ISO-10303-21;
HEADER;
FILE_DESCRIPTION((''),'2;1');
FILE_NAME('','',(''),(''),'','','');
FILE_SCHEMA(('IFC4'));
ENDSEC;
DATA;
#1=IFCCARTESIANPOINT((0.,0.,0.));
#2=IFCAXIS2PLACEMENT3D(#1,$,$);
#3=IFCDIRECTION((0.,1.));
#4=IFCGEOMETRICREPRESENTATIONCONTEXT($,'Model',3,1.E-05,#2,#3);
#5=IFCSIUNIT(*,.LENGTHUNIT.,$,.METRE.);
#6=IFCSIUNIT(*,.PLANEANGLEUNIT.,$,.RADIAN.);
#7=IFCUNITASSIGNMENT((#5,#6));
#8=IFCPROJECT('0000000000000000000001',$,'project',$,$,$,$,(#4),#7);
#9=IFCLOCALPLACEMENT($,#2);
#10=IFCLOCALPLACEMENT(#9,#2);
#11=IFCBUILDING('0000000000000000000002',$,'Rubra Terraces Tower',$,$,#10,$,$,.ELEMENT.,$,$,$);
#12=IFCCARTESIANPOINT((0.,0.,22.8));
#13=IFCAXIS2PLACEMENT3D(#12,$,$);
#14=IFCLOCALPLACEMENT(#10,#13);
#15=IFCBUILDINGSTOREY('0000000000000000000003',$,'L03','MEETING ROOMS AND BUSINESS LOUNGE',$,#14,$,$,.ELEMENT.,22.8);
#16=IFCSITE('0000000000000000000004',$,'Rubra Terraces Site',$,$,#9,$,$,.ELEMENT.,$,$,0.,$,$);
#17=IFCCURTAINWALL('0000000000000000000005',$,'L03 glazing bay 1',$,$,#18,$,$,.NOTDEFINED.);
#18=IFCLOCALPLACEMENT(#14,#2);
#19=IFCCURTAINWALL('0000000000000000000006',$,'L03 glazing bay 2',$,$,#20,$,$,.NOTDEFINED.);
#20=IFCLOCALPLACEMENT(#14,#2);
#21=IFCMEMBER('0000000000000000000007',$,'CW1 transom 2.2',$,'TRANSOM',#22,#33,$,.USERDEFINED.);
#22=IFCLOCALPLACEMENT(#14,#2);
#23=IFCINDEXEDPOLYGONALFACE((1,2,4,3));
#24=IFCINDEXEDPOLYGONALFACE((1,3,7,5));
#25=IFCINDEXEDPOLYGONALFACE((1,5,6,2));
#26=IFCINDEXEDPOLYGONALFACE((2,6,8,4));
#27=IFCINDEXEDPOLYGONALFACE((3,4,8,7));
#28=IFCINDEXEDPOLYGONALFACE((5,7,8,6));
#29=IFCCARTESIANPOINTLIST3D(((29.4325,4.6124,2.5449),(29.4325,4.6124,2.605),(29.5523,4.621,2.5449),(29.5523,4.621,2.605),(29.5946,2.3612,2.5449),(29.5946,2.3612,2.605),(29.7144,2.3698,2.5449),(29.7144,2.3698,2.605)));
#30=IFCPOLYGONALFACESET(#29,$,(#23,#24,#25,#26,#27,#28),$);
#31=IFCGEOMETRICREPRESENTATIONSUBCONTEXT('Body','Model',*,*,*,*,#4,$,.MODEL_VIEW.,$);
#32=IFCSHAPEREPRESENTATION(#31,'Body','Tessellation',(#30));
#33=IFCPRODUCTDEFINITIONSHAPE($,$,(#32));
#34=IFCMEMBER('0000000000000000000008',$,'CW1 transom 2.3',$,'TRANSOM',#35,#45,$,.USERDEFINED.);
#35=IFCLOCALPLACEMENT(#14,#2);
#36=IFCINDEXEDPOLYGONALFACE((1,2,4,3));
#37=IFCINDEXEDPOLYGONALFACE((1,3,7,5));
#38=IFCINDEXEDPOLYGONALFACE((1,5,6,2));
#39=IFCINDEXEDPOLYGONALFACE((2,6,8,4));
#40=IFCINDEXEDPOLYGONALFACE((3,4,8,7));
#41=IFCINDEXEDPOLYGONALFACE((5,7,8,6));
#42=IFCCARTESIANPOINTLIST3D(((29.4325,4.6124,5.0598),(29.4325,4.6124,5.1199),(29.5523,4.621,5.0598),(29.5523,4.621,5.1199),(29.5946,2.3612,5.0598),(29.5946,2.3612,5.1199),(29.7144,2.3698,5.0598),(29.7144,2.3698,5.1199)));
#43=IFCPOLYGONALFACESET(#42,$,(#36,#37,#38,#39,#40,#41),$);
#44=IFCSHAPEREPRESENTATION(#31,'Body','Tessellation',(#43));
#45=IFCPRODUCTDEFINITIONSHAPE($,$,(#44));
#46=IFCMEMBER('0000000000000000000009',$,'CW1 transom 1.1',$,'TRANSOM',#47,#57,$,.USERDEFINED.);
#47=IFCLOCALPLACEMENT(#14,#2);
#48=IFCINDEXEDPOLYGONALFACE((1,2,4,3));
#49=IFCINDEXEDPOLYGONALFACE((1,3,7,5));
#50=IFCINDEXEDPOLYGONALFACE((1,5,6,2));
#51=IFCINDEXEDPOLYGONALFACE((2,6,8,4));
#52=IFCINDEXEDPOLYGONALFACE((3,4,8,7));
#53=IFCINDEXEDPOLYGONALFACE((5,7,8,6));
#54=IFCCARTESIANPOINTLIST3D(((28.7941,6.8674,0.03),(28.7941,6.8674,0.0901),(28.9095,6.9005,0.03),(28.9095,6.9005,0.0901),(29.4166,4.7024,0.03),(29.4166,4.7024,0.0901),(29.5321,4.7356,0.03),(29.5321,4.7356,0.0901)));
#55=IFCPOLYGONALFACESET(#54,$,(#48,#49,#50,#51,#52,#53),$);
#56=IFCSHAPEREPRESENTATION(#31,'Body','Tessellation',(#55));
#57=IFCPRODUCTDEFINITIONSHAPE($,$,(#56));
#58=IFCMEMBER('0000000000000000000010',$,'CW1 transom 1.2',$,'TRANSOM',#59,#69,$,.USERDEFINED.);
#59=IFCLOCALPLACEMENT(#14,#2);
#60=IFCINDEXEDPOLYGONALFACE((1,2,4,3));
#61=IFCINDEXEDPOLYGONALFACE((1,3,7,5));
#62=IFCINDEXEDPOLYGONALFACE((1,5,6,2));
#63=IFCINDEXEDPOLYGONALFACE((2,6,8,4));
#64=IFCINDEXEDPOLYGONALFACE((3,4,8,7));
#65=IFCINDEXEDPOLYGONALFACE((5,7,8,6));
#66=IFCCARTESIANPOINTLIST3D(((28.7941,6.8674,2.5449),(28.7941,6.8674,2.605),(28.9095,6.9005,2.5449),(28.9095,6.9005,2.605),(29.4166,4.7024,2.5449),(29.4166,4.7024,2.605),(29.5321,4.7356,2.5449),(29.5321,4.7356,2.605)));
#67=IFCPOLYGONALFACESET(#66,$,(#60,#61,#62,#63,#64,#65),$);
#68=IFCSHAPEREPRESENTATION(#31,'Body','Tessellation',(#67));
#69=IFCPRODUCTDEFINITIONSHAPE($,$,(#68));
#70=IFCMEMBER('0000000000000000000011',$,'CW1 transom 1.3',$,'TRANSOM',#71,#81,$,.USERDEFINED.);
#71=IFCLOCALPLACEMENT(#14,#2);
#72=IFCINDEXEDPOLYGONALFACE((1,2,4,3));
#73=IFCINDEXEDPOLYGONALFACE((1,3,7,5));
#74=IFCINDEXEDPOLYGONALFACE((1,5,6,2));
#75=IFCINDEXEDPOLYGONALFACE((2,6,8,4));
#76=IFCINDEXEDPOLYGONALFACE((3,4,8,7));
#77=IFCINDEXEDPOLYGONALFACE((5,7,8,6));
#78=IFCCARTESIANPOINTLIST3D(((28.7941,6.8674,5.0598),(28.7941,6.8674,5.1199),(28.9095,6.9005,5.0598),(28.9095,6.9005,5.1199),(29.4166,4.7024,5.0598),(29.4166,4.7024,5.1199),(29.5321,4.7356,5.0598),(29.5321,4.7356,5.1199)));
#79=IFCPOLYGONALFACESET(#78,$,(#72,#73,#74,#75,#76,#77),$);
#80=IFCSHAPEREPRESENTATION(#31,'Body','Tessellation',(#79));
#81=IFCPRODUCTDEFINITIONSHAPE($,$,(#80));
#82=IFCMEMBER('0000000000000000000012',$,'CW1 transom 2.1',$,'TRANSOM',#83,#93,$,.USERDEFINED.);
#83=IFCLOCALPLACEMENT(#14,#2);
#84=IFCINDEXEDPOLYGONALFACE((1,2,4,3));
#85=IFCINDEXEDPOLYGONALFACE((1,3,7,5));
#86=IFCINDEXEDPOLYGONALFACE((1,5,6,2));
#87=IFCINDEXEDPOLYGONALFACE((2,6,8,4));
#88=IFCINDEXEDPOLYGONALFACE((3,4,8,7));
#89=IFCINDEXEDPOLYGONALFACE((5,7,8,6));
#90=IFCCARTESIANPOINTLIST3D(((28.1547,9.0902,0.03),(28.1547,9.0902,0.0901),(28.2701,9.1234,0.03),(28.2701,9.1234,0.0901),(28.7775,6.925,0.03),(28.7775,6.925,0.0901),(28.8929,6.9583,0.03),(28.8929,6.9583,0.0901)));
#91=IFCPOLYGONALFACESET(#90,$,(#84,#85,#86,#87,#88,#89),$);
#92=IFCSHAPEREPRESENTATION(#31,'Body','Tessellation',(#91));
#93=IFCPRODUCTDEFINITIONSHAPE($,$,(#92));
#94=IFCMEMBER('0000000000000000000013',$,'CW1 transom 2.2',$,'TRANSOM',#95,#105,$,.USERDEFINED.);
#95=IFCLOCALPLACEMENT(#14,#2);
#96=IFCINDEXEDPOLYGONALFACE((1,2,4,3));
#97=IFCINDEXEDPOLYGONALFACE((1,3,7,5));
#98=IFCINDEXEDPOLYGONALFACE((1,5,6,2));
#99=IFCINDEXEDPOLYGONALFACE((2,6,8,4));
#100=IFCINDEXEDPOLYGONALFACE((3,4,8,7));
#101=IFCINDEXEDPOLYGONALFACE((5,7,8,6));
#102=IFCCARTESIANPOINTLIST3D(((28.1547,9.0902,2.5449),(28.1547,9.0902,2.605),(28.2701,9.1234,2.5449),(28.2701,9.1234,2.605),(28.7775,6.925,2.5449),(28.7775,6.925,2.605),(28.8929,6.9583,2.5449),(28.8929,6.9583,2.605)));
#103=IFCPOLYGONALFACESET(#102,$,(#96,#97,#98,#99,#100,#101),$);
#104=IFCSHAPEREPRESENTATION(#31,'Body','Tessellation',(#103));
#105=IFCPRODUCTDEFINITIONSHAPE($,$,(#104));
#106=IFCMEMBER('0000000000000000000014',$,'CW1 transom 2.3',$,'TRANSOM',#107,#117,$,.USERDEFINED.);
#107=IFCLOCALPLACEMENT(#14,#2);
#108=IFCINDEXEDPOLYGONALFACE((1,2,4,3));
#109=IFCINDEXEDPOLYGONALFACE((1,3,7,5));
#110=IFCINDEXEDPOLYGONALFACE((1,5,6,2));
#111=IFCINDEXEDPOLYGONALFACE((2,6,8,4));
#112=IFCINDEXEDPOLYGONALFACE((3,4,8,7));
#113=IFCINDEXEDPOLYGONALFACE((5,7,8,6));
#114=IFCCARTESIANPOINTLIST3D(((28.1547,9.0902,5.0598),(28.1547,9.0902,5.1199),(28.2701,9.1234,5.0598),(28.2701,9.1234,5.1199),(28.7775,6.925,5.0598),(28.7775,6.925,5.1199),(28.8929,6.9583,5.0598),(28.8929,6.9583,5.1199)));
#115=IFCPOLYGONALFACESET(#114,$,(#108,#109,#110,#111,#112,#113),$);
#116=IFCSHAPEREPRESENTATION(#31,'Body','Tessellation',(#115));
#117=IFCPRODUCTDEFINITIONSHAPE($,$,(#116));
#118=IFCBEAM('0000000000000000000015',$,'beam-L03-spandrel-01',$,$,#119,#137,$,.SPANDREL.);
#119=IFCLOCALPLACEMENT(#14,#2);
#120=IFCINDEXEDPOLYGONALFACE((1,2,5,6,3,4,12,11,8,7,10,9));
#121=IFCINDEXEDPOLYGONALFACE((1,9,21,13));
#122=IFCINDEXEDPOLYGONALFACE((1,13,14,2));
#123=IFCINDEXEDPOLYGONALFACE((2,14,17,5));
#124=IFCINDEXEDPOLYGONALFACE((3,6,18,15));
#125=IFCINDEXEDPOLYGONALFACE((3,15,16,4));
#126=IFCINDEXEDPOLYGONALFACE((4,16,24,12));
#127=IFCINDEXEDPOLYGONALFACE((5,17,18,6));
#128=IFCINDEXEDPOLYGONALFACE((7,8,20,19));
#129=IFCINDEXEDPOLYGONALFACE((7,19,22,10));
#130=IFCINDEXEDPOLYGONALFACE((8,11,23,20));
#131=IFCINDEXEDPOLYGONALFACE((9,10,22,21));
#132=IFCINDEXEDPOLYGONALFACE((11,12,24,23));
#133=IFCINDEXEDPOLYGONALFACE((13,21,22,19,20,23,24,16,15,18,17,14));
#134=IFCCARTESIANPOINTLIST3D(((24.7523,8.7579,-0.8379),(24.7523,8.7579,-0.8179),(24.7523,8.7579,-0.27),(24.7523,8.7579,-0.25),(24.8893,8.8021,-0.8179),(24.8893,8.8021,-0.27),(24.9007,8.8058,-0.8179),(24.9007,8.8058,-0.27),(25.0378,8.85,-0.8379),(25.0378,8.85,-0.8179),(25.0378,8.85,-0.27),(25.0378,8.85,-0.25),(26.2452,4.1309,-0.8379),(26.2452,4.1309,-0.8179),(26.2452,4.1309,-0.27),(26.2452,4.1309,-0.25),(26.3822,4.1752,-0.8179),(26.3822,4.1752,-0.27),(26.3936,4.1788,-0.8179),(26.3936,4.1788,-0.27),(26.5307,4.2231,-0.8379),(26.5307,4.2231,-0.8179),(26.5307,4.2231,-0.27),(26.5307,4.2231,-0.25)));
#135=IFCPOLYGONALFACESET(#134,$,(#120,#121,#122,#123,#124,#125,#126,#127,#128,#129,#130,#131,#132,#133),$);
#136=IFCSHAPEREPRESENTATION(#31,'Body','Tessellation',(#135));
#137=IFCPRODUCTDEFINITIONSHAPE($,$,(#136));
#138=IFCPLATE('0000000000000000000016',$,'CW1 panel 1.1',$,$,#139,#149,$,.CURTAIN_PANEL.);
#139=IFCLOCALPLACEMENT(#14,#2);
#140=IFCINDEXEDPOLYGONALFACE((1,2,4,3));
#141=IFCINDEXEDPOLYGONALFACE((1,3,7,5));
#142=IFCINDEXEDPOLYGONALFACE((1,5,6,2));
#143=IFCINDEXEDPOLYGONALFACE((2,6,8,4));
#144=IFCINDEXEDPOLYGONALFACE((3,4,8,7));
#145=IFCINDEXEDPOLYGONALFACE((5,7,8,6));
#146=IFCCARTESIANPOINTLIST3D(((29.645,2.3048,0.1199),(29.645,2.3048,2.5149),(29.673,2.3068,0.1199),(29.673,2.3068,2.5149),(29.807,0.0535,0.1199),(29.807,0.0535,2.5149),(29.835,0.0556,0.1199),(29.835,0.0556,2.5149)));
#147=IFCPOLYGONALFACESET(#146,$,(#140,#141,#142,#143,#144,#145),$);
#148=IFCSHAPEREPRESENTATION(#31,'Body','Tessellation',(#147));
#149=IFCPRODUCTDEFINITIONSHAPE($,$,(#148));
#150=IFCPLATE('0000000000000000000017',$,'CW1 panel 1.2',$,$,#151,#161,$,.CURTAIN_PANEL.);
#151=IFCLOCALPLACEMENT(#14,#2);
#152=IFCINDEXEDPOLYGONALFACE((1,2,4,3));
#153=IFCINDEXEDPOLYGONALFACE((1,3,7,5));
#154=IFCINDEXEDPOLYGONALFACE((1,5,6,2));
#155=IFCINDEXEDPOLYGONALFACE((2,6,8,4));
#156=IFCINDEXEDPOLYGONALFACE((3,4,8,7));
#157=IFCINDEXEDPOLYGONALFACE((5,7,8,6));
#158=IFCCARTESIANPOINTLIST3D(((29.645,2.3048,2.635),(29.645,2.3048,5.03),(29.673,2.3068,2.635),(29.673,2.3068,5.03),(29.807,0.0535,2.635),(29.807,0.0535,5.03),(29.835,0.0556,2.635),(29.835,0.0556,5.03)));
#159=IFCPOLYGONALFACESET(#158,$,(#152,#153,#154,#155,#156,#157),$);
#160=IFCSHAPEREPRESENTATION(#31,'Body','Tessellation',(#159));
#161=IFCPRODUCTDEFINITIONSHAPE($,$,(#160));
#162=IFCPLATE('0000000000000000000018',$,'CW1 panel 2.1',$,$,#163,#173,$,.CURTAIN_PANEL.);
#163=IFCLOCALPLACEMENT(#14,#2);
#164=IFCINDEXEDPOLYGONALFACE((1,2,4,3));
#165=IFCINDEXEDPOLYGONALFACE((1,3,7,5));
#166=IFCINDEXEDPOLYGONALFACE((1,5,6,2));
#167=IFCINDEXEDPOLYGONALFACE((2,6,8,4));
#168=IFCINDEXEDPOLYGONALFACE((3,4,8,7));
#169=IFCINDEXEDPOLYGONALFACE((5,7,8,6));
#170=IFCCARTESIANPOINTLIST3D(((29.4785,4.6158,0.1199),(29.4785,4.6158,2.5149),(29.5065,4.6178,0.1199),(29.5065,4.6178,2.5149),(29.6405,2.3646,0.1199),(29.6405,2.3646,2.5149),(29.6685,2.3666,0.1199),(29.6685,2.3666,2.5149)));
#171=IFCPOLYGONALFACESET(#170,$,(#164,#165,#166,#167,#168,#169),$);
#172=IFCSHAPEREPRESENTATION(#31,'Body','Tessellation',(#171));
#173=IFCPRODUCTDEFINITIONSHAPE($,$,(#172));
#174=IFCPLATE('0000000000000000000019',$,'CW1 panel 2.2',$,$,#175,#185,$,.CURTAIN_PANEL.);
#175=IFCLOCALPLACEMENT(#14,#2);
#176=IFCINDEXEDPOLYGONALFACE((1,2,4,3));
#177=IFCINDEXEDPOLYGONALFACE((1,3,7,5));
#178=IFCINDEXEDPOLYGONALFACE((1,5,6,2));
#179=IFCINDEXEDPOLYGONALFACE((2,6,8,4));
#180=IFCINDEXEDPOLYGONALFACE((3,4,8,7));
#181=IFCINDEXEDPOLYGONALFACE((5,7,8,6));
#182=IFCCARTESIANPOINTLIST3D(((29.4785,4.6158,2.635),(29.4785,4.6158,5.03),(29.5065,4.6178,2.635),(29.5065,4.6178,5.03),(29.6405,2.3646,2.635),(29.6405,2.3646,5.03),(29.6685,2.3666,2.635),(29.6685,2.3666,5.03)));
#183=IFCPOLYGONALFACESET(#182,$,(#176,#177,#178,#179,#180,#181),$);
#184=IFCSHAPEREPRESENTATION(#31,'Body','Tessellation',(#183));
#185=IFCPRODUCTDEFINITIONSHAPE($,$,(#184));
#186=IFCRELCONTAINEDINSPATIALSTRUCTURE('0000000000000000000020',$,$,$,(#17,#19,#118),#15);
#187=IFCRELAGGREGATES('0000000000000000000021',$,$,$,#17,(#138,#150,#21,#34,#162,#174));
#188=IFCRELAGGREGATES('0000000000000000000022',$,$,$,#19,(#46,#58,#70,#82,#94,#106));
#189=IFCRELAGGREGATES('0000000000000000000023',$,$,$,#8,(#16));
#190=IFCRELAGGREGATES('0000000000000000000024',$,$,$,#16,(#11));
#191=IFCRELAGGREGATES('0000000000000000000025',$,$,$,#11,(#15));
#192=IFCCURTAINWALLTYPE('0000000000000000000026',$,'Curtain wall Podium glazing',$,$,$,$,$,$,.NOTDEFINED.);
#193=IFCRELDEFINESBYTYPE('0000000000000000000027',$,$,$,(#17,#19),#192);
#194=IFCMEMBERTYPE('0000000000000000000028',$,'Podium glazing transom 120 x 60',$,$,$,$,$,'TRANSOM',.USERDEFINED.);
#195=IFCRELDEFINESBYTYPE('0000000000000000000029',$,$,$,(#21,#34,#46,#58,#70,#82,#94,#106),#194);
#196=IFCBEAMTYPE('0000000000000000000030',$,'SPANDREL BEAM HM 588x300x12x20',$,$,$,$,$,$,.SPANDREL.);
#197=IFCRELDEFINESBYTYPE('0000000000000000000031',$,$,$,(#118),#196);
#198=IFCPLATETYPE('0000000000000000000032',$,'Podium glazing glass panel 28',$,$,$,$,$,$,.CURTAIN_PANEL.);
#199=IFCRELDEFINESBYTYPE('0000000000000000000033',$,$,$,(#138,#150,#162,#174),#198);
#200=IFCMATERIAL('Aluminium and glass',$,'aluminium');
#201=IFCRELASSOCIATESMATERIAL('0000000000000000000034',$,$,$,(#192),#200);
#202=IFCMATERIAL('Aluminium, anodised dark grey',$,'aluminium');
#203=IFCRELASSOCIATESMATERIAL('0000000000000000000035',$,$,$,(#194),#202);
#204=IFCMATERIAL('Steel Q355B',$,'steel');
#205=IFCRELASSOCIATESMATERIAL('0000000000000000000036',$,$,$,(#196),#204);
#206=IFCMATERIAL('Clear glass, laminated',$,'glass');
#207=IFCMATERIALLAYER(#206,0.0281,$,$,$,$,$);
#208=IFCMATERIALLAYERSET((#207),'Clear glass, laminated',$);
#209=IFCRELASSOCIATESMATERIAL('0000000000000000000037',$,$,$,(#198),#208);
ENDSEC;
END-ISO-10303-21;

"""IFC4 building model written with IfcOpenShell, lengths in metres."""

from ifc_helpers import new_model, si_unit, direction, frame, origin, origin_2d, place, context, subcontext, project, spatial, rectangle, i_section, extrude, material, layer, layer_set, material_profile, profile_set, type_object, element, aggregate, save


model = new_model("IFC4")

# Units and contexts
model_context = context("Model", 3, precision=1e-05, world=origin(), true_north=direction((0.0, 1.0)))
body_context = subcontext(model_context, "Body", "Model", "MODEL_VIEW")
ifc_project = project(units=[si_unit("LENGTHUNIT", "METRE"), si_unit("PLANEANGLEUNIT", "RADIAN")], contexts=[model_context])

# Site, building, storey
site_placement = place(None, origin())
site = spatial("IfcSite", under=ifc_project, at=site_placement, Name="Rubra Terraces Site", CompositionType="ELEMENT", RefElevation=0.0)
building_placement = place(site_placement, origin())
building = spatial("IfcBuilding", under=site, at=building_placement, Name="Rubra Terraces Tower", CompositionType="ELEMENT")
storey_placement = place(building_placement, frame((0.0, 0.0, 22.8)))
storey = spatial("IfcBuildingStorey", under=building, at=storey_placement, Name="L03", Description="MEETING ROOMS AND BUSINESS LOUNGE", CompositionType="ELEMENT", Elevation=22.8)

# Shared definitions
ifc_material_1 = material(Name="Steel Q355B", Category="steel")

# Curtain walls
ifc_material_2 = material(Name="Aluminium and glass", Category="aluminium")
curtain_wall_type = type_object("IfcCurtainWallType", Name="Curtain wall Podium glazing", PredefinedType="NOTDEFINED", material=ifc_material_2)
curtain_wall_1_placement = place(storey_placement, origin())
curtain_wall_1 = element("IfcCurtainWall", 1, at=curtain_wall_1_placement, inside=storey, type_object=curtain_wall_type, Name="L03 glazing bay 1", PredefinedType="NOTDEFINED")
ifc_material_3 = material(Name="Aluminium, anodised dark grey", Category="aluminium")
curtain_wall_2_placement = place(storey_placement, origin())
curtain_wall_2 = element("IfcCurtainWall", 2, at=curtain_wall_2_placement, inside=storey, type_object=curtain_wall_type, Name="L03 glazing bay 2", PredefinedType="NOTDEFINED")

# Members
ifc_material_profile_1 = material_profile(ifc_material_3, rectangle(XDim=0.1201, YDim=0.0601, at=origin_2d()), Name="AL 120x60")
ifc_profile_set_1 = profile_set([ifc_material_profile_1], Name="Aluminium, anodised dark grey")
member_type_1 = type_object("IfcMemberType", Name="Podium glazing transom 120 x 60", ElementType="TRANSOM", PredefinedType="USERDEFINED", material=ifc_profile_set_1)
member_1_placement = place(storey_placement, frame((29.6545, 2.3655, 2.575), z_axis=(-0.071824, 0.997417, 0.0), x_axis=(-0.997417, -0.071824, 0.0)))
member_1 = element("IfcMember", 3, at=member_1_placement, type_object=member_type_1, Name="CW1 transom 2.2", ObjectType="TRANSOM", PredefinedType="USERDEFINED", context=body_context, shape_type="SweptSolid", body=[
    extrude(rectangle(XDim=0.1201, YDim=0.0601, at=origin_2d()), origin(), (0.0, 0.0, 1.0), 2.2571),
])
member_2_placement = place(storey_placement, frame((29.6545, 2.3655, 5.0898), z_axis=(-0.071824, 0.997417, 0.0), x_axis=(-0.997417, -0.071824, 0.0)))
member_2 = element("IfcMember", 4, at=member_2_placement, type_object=member_type_1, Name="CW1 transom 2.3", ObjectType="TRANSOM", PredefinedType="USERDEFINED", context=body_context, shape_type="SweptSolid", body=[
    extrude(rectangle(XDim=0.1201, YDim=0.0601, at=origin_2d()), origin(), (0.0, 0.0, 1.0), 2.2571),
])
member_3_placement = place(storey_placement, frame((29.4744, 4.719, 0.0601), z_axis=(-0.276352, 0.961056, 0.0), x_axis=(-0.961056, -0.276352, 0.0)))
member_3 = element("IfcMember", 5, at=member_3_placement, type_object=member_type_1, Name="CW1 transom 1.1", ObjectType="TRANSOM", PredefinedType="USERDEFINED", context=body_context, shape_type="SweptSolid", body=[
    extrude(rectangle(XDim=0.1201, YDim=0.0601, at=origin_2d()), origin(), (0.0, 0.0, 1.0), 2.2527),
])
member_4_placement = place(storey_placement, frame((29.4744, 4.719, 2.575), z_axis=(-0.276352, 0.961056, 0.0), x_axis=(-0.961056, -0.276352, 0.0)))
member_4 = element("IfcMember", 6, at=member_4_placement, type_object=member_type_1, Name="CW1 transom 1.2", ObjectType="TRANSOM", PredefinedType="USERDEFINED", context=body_context, shape_type="SweptSolid", body=[
    extrude(rectangle(XDim=0.1201, YDim=0.0601, at=origin_2d()), origin(), (0.0, 0.0, 1.0), 2.2527),
])
member_5_placement = place(storey_placement, frame((29.4744, 4.719, 5.0898), z_axis=(-0.276352, 0.961056, 0.0), x_axis=(-0.961056, -0.276352, 0.0)))
member_5 = element("IfcMember", 7, at=member_5_placement, type_object=member_type_1, Name="CW1 transom 1.3", ObjectType="TRANSOM", PredefinedType="USERDEFINED", context=body_context, shape_type="SweptSolid", body=[
    extrude(rectangle(XDim=0.1201, YDim=0.0601, at=origin_2d()), origin(), (0.0, 0.0, 1.0), 2.2527),
])
member_6_placement = place(storey_placement, frame((28.8352, 6.9417, 0.0601), z_axis=(-0.276453, 0.961028, 0.0), x_axis=(-0.961028, -0.276453, 0.0)))
member_6 = element("IfcMember", 8, at=member_6_placement, type_object=member_type_1, Name="CW1 transom 2.1", ObjectType="TRANSOM", PredefinedType="USERDEFINED", context=body_context, shape_type="SweptSolid", body=[
    extrude(rectangle(XDim=0.1201, YDim=0.0601, at=origin_2d()), origin(), (0.0, 0.0, 1.0), 2.2529),
])
member_7_placement = place(storey_placement, frame((28.8352, 6.9417, 2.575), z_axis=(-0.276453, 0.961028, 0.0), x_axis=(-0.961028, -0.276453, 0.0)))
member_7 = element("IfcMember", 9, at=member_7_placement, type_object=member_type_1, Name="CW1 transom 2.2", ObjectType="TRANSOM", PredefinedType="USERDEFINED", context=body_context, shape_type="SweptSolid", body=[
    extrude(rectangle(XDim=0.1201, YDim=0.0601, at=origin_2d()), origin(), (0.0, 0.0, 1.0), 2.2529),
])
member_8_placement = place(storey_placement, frame((28.8352, 6.9417, 5.0898), z_axis=(-0.276453, 0.961028, 0.0), x_axis=(-0.961028, -0.276453, 0.0)))
member_8 = element("IfcMember", 10, at=member_8_placement, type_object=member_type_1, Name="CW1 transom 2.3", ObjectType="TRANSOM", PredefinedType="USERDEFINED", context=body_context, shape_type="SweptSolid", body=[
    extrude(rectangle(XDim=0.1201, YDim=0.0601, at=origin_2d()), origin(), (0.0, 0.0, 1.0), 2.2529),
])

# Beam
ifc_material_profile_2 = material_profile(ifc_material_1, i_section(OverallWidth=0.3, OverallDepth=0.5879, WebThickness=0.012, FlangeThickness=0.02, at=origin_2d()), Name="HM 588x300x12x20")
ifc_profile_set_2 = profile_set([ifc_material_profile_2], Name="Steel Q355B")
beam_type_1 = type_object("IfcBeamType", Name="SPANDREL BEAM HM 588x300x12x20", PredefinedType="SPANDREL", material=ifc_profile_set_2)
beam_1_placement = place(storey_placement, frame((26.3879, 4.177, -0.5439), z_axis=(-0.307069, 0.951687, 0.0), x_axis=(-0.951687, -0.307069, 0.0)))
element("IfcBeam", 11, at=beam_1_placement, inside=storey, type_object=beam_type_1, Name="beam-L03-spandrel-01", PredefinedType="SPANDREL", context=body_context, shape_type="SweptSolid", body=[
    extrude(i_section(OverallWidth=0.3, OverallDepth=0.5879, WebThickness=0.012, FlangeThickness=0.02, at=origin_2d()), origin(), (0.0, 0.0, 1.0), 4.8618),
])

# Plates
ifc_material_4 = material(Name="Clear glass, laminated", Category="glass")
ifc_layer_1 = layer(ifc_material_4, 0.0281)
ifc_layer_set_1 = layer_set([ifc_layer_1], Name="Clear glass, laminated")
plate_type = type_object("IfcPlateType", Name="Podium glazing glass panel 28", PredefinedType="CURTAIN_PANEL", material=ifc_layer_set_1)
plate_1_placement = place(storey_placement, frame((29.74, 1.1802, 0.1199), z_axis=(0.0, 0.0, 1.0), x_axis=(-0.071792, 0.99742, 0.0)))
plate_1 = element("IfcPlate", 12, at=plate_1_placement, type_object=plate_type, Name="CW1 panel 1.1", PredefinedType="CURTAIN_PANEL", context=body_context, shape_type="SweptSolid", body=[
    extrude(rectangle(XDim=2.2571, YDim=0.0281, at=origin_2d()), origin(), (0.0, 0.0, 1.0), 2.395),
])
plate_2_placement = place(storey_placement, frame((29.74, 1.1802, 2.635), z_axis=(0.0, 0.0, 1.0), x_axis=(-0.071792, 0.99742, 0.0)))
plate_2 = element("IfcPlate", 13, at=plate_2_placement, type_object=plate_type, Name="CW1 panel 1.2", PredefinedType="CURTAIN_PANEL", context=body_context, shape_type="SweptSolid", body=[
    extrude(rectangle(XDim=2.2571, YDim=0.0281, at=origin_2d()), origin(), (0.0, 0.0, 1.0), 2.395),
])
plate_3_placement = place(storey_placement, frame((29.5735, 3.4912, 0.1199), z_axis=(0.0, 0.0, 1.0), x_axis=(-0.071792, 0.99742, 0.0)))
plate_3 = element("IfcPlate", 14, at=plate_3_placement, type_object=plate_type, Name="CW1 panel 2.1", PredefinedType="CURTAIN_PANEL", context=body_context, shape_type="SweptSolid", body=[
    extrude(rectangle(XDim=2.2571, YDim=0.0281, at=origin_2d()), origin(), (0.0, 0.0, 1.0), 2.395),
])
plate_4_placement = place(storey_placement, frame((29.5735, 3.4912, 2.635), z_axis=(0.0, 0.0, 1.0), x_axis=(-0.071792, 0.99742, 0.0)))
plate_4 = element("IfcPlate", 15, at=plate_4_placement, type_object=plate_type, Name="CW1 panel 2.2", PredefinedType="CURTAIN_PANEL", context=body_context, shape_type="SweptSolid", body=[
    extrude(rectangle(XDim=2.2571, YDim=0.0281, at=origin_2d()), origin(), (0.0, 0.0, 1.0), 2.395),
])
aggregate(curtain_wall_1, [plate_1, plate_2, member_1, member_2, plate_3, plate_4])
aggregate(curtain_wall_2, [member_3, member_4, member_5, member_6, member_7, member_8])

save(model, "model.ifc")
